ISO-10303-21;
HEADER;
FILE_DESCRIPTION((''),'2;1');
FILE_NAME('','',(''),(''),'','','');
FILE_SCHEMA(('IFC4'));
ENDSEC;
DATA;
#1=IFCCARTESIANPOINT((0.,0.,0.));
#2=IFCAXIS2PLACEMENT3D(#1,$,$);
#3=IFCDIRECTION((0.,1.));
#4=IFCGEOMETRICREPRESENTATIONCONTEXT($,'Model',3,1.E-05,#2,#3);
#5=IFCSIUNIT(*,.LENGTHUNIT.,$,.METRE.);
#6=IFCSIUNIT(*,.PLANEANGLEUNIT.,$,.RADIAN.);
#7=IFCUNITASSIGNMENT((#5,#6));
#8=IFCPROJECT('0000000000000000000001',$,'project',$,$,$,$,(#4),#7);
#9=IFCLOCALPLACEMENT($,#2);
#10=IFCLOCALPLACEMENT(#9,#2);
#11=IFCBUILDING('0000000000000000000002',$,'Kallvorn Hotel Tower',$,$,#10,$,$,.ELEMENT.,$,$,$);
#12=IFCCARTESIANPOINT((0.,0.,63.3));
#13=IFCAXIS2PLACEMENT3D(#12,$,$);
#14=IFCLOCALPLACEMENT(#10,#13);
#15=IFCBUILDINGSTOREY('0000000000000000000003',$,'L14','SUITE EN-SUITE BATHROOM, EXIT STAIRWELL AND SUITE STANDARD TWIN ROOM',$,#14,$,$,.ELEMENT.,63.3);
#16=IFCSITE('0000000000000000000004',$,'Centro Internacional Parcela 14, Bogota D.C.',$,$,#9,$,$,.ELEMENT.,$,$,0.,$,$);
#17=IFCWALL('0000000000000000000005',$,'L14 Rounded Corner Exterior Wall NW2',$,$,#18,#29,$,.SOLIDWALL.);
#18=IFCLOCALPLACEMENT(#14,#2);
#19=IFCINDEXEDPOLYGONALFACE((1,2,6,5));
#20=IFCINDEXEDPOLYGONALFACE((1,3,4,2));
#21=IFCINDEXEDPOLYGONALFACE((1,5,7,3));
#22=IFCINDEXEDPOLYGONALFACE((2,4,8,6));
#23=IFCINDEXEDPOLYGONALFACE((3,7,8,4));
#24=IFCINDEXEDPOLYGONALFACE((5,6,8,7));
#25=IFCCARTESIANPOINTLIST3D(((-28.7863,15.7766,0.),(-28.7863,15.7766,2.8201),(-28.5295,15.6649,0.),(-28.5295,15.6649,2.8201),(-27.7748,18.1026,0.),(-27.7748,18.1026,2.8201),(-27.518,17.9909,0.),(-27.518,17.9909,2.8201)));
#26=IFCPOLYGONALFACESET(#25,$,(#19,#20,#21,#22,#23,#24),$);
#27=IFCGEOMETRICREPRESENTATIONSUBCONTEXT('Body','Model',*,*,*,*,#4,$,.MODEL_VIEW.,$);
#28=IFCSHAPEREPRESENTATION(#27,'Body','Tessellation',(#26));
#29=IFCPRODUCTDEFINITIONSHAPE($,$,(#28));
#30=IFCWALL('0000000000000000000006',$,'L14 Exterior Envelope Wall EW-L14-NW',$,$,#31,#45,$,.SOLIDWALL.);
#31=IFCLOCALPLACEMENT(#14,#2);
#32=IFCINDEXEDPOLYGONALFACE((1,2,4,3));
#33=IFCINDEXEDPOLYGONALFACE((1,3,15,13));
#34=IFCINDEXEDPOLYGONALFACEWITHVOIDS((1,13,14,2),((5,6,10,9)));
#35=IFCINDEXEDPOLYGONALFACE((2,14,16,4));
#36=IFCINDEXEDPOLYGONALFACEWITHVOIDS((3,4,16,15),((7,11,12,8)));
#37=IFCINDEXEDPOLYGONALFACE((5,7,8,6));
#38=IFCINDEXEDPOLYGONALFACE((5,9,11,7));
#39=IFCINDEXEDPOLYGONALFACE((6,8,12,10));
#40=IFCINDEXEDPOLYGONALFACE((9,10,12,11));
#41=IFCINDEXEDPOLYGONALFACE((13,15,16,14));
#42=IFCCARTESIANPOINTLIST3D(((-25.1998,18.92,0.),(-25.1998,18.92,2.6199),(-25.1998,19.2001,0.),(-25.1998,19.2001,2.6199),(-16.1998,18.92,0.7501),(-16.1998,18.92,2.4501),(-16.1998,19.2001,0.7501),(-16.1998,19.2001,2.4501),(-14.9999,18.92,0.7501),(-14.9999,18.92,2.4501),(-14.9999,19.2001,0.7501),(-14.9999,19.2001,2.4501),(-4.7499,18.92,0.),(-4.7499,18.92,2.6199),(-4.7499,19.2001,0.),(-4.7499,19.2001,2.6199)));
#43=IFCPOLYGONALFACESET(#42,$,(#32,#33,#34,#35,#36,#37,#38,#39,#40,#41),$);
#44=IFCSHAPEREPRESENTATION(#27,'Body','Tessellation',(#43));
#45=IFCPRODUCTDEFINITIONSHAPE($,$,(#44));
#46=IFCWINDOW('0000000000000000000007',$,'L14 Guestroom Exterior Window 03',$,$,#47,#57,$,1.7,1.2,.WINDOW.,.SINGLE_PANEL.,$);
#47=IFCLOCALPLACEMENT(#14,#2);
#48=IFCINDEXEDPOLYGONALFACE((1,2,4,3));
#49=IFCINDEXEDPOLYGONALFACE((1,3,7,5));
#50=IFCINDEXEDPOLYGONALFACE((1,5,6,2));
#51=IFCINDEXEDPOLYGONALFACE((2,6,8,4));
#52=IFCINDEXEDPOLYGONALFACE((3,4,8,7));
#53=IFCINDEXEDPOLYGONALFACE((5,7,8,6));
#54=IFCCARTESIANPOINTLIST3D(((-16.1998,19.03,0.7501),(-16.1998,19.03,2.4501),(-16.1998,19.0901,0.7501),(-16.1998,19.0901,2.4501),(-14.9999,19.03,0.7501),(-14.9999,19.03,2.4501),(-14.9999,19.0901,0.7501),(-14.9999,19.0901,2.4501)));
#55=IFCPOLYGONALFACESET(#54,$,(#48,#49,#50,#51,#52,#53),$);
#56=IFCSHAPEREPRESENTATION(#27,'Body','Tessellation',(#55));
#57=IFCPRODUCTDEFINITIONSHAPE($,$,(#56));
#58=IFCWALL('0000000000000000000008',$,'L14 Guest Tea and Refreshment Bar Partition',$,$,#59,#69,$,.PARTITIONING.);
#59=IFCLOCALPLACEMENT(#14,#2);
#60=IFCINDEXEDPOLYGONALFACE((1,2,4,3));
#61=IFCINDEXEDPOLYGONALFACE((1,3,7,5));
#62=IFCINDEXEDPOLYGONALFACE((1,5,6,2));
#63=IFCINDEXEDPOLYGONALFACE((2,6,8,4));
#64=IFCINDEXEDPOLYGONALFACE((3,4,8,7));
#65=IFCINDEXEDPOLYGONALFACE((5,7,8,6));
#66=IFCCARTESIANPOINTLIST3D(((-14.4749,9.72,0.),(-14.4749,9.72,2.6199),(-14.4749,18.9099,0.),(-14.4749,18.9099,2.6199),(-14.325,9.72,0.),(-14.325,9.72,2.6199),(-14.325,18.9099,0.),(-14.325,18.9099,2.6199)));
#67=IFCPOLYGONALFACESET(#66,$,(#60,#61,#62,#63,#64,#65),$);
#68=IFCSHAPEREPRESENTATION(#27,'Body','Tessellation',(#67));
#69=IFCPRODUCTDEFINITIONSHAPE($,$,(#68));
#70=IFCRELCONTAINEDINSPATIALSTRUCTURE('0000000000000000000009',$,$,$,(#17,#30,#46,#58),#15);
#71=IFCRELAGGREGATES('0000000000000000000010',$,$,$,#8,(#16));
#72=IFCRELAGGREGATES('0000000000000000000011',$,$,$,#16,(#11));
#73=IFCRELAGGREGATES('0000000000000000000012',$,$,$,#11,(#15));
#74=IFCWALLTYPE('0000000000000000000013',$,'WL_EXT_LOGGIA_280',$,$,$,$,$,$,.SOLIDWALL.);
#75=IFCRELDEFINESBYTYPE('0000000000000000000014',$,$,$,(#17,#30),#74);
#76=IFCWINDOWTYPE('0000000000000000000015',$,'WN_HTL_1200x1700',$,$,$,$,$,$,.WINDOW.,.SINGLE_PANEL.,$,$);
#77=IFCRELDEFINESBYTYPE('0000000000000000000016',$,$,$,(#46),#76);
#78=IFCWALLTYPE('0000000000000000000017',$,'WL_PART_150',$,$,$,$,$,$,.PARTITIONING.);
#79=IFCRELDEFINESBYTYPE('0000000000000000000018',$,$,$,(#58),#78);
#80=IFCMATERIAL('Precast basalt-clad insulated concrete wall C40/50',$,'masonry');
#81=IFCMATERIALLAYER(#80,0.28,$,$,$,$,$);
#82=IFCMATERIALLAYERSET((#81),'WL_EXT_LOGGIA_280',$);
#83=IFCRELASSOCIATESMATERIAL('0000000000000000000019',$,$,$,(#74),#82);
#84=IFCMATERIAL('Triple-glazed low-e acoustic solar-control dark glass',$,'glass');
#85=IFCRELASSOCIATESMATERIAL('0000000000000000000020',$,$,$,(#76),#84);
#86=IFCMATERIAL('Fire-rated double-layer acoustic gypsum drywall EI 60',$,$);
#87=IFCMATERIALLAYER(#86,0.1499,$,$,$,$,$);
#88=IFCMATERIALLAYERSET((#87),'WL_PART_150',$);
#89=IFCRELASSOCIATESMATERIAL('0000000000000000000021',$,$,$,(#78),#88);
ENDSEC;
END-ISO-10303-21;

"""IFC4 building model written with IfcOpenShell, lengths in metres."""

from ifc_helpers import new_model, si_unit, direction, frame, frame_2d, origin, place, context, subcontext, project, spatial, rectangle, extrude, material, layer, layer_set, type_object, element, fill, save


model = new_model("IFC4")

# Units and contexts
model_context = context("Model", 3, precision=1e-05, world=origin(), true_north=direction((0.0, 1.0)))
body_context = subcontext(model_context, "Body", "Model", "MODEL_VIEW")
ifc_project = project(units=[si_unit("LENGTHUNIT", "METRE"), si_unit("PLANEANGLEUNIT", "RADIAN")], contexts=[model_context])

# Site, building, storey
site_placement = place(None, origin())
site = spatial("IfcSite", under=ifc_project, at=site_placement, Name="Centro Internacional Parcela 14, Bogota D.C.", CompositionType="ELEMENT", RefElevation=0.0)
building_placement = place(site_placement, origin())
building = spatial("IfcBuilding", under=site, at=building_placement, Name="Kallvorn Hotel Tower", CompositionType="ELEMENT")
storey_placement = place(building_placement, frame((0.0, 0.0, 63.3)))
storey = spatial("IfcBuildingStorey", under=building, at=storey_placement, Name="L14", Description="SUITE EN-SUITE BATHROOM, EXIT STAIRWELL AND SUITE STANDARD TWIN ROOM", CompositionType="ELEMENT", Elevation=63.3)

# Wall
ifc_material_1 = material(Name="Precast basalt-clad insulated concrete wall C40/50", Category="masonry")
ifc_layer_1 = layer(ifc_material_1, 0.28)
ifc_layer_set_1 = layer_set([ifc_layer_1], Name="WL_EXT_LOGGIA_280")
wall_type_1 = type_object("IfcWallType", Name="WL_EXT_LOGGIA_280", PredefinedType="SOLIDWALL", material=ifc_layer_set_1)
wall_1_placement = place(storey_placement, frame((-27.6465, 18.0466, 0.0), z_axis=(0.0, 0.0, 1.0), x_axis=(-0.398793, -0.917041, 0.0)))
element("IfcWall", 1, at=wall_1_placement, inside=storey, type_object=wall_type_1, Name="L14 Rounded Corner Exterior Wall NW2", PredefinedType="SOLIDWALL", context=body_context, shape_type="SweptSolid", body=[
    extrude(rectangle(XDim=2.5364, YDim=0.28, at=frame_2d((1.2681, 0.0))), origin(), (0.0, 0.0, 1.0), 2.8201),
])

# Wall, opening, window
wall_2_placement = place(storey_placement, frame((-25.2, 19.0601, 0.0), z_axis=(0.0, 0.0, 1.0), x_axis=(1.0, 0.0, 0.0)))
wall_2 = element("IfcWall", 2, at=wall_2_placement, inside=storey, type_object=wall_type_1, Name="L14 Exterior Envelope Wall EW-L14-NW", PredefinedType="SOLIDWALL", context=body_context, shape_type="SweptSolid", body=[
    extrude(rectangle(XDim=20.45, YDim=0.28, at=frame_2d((10.2251, 0.0))), origin(), (0.0, 0.0, 1.0), 2.6199),
])
opening_placement = place(wall_2_placement, frame((9.0, 0.0, 0.75)))
opening = element("IfcOpeningElement", 3, at=opening_placement, cuts=wall_2, PredefinedType="OPENING", context=body_context, shape_type="SweptSolid", body=[
    extrude(rectangle(XDim=1.2, YDim=1.7, at=frame_2d((0.6001, 0.8501))), frame((0.0, 0.155, 0.0), z_axis=(0.0, -1.0, 0.0), x_axis=(1.0, 0.0, 0.0)), (0.0, 0.0, 1.0), 0.3101),
])
ifc_material_2 = material(Name="Triple-glazed low-e acoustic solar-control dark glass", Category="glass")
window_type = type_object("IfcWindowType", Name="WN_HTL_1200x1700", PartitioningType="SINGLE_PANEL", PredefinedType="WINDOW", material=ifc_material_2)
window_placement = place(opening_placement, origin())
window = element("IfcWindow", 4, at=window_placement, inside=storey, type_object=window_type, Name="L14 Guestroom Exterior Window 03", OverallHeight=1.7, OverallWidth=1.2, PartitioningType="SINGLE_PANEL", PredefinedType="WINDOW", context=body_context, shape_type="SweptSolid", body=[
    extrude(rectangle(XDim=1.2, YDim=1.7, at=frame_2d((0.6001, 0.8501))), frame((0.0, 0.03, 0.0), z_axis=(0.0, -1.0, 0.0), x_axis=(1.0, 0.0, 0.0)), (0.0, 0.0, 1.0), 0.0601),
])
fill(opening, window)

# Wall
ifc_material_3 = material(Name="Fire-rated double-layer acoustic gypsum drywall EI 60")
ifc_layer_2 = layer(ifc_material_3, 0.1499)
ifc_layer_set_2 = layer_set([ifc_layer_2], Name="WL_PART_150")
wall_type_2 = type_object("IfcWallType", Name="WL_PART_150", PredefinedType="PARTITIONING", material=ifc_layer_set_2)
wall_3_placement = place(storey_placement, frame((-14.3999, 9.72, 0.0), z_axis=(0.0, 0.0, 1.0), x_axis=(0.0, 1.0, 0.0)))
element("IfcWall", 5, at=wall_3_placement, inside=storey, type_object=wall_type_2, Name="L14 Guest Tea and Refreshment Bar Partition", PredefinedType="PARTITIONING", context=body_context, shape_type="SweptSolid", body=[
    extrude(rectangle(XDim=9.1899, YDim=0.1499, at=frame_2d((4.595, 0.0))), origin(), (0.0, 0.0, 1.0), 2.6199),
])

save(model, "model.ifc")
